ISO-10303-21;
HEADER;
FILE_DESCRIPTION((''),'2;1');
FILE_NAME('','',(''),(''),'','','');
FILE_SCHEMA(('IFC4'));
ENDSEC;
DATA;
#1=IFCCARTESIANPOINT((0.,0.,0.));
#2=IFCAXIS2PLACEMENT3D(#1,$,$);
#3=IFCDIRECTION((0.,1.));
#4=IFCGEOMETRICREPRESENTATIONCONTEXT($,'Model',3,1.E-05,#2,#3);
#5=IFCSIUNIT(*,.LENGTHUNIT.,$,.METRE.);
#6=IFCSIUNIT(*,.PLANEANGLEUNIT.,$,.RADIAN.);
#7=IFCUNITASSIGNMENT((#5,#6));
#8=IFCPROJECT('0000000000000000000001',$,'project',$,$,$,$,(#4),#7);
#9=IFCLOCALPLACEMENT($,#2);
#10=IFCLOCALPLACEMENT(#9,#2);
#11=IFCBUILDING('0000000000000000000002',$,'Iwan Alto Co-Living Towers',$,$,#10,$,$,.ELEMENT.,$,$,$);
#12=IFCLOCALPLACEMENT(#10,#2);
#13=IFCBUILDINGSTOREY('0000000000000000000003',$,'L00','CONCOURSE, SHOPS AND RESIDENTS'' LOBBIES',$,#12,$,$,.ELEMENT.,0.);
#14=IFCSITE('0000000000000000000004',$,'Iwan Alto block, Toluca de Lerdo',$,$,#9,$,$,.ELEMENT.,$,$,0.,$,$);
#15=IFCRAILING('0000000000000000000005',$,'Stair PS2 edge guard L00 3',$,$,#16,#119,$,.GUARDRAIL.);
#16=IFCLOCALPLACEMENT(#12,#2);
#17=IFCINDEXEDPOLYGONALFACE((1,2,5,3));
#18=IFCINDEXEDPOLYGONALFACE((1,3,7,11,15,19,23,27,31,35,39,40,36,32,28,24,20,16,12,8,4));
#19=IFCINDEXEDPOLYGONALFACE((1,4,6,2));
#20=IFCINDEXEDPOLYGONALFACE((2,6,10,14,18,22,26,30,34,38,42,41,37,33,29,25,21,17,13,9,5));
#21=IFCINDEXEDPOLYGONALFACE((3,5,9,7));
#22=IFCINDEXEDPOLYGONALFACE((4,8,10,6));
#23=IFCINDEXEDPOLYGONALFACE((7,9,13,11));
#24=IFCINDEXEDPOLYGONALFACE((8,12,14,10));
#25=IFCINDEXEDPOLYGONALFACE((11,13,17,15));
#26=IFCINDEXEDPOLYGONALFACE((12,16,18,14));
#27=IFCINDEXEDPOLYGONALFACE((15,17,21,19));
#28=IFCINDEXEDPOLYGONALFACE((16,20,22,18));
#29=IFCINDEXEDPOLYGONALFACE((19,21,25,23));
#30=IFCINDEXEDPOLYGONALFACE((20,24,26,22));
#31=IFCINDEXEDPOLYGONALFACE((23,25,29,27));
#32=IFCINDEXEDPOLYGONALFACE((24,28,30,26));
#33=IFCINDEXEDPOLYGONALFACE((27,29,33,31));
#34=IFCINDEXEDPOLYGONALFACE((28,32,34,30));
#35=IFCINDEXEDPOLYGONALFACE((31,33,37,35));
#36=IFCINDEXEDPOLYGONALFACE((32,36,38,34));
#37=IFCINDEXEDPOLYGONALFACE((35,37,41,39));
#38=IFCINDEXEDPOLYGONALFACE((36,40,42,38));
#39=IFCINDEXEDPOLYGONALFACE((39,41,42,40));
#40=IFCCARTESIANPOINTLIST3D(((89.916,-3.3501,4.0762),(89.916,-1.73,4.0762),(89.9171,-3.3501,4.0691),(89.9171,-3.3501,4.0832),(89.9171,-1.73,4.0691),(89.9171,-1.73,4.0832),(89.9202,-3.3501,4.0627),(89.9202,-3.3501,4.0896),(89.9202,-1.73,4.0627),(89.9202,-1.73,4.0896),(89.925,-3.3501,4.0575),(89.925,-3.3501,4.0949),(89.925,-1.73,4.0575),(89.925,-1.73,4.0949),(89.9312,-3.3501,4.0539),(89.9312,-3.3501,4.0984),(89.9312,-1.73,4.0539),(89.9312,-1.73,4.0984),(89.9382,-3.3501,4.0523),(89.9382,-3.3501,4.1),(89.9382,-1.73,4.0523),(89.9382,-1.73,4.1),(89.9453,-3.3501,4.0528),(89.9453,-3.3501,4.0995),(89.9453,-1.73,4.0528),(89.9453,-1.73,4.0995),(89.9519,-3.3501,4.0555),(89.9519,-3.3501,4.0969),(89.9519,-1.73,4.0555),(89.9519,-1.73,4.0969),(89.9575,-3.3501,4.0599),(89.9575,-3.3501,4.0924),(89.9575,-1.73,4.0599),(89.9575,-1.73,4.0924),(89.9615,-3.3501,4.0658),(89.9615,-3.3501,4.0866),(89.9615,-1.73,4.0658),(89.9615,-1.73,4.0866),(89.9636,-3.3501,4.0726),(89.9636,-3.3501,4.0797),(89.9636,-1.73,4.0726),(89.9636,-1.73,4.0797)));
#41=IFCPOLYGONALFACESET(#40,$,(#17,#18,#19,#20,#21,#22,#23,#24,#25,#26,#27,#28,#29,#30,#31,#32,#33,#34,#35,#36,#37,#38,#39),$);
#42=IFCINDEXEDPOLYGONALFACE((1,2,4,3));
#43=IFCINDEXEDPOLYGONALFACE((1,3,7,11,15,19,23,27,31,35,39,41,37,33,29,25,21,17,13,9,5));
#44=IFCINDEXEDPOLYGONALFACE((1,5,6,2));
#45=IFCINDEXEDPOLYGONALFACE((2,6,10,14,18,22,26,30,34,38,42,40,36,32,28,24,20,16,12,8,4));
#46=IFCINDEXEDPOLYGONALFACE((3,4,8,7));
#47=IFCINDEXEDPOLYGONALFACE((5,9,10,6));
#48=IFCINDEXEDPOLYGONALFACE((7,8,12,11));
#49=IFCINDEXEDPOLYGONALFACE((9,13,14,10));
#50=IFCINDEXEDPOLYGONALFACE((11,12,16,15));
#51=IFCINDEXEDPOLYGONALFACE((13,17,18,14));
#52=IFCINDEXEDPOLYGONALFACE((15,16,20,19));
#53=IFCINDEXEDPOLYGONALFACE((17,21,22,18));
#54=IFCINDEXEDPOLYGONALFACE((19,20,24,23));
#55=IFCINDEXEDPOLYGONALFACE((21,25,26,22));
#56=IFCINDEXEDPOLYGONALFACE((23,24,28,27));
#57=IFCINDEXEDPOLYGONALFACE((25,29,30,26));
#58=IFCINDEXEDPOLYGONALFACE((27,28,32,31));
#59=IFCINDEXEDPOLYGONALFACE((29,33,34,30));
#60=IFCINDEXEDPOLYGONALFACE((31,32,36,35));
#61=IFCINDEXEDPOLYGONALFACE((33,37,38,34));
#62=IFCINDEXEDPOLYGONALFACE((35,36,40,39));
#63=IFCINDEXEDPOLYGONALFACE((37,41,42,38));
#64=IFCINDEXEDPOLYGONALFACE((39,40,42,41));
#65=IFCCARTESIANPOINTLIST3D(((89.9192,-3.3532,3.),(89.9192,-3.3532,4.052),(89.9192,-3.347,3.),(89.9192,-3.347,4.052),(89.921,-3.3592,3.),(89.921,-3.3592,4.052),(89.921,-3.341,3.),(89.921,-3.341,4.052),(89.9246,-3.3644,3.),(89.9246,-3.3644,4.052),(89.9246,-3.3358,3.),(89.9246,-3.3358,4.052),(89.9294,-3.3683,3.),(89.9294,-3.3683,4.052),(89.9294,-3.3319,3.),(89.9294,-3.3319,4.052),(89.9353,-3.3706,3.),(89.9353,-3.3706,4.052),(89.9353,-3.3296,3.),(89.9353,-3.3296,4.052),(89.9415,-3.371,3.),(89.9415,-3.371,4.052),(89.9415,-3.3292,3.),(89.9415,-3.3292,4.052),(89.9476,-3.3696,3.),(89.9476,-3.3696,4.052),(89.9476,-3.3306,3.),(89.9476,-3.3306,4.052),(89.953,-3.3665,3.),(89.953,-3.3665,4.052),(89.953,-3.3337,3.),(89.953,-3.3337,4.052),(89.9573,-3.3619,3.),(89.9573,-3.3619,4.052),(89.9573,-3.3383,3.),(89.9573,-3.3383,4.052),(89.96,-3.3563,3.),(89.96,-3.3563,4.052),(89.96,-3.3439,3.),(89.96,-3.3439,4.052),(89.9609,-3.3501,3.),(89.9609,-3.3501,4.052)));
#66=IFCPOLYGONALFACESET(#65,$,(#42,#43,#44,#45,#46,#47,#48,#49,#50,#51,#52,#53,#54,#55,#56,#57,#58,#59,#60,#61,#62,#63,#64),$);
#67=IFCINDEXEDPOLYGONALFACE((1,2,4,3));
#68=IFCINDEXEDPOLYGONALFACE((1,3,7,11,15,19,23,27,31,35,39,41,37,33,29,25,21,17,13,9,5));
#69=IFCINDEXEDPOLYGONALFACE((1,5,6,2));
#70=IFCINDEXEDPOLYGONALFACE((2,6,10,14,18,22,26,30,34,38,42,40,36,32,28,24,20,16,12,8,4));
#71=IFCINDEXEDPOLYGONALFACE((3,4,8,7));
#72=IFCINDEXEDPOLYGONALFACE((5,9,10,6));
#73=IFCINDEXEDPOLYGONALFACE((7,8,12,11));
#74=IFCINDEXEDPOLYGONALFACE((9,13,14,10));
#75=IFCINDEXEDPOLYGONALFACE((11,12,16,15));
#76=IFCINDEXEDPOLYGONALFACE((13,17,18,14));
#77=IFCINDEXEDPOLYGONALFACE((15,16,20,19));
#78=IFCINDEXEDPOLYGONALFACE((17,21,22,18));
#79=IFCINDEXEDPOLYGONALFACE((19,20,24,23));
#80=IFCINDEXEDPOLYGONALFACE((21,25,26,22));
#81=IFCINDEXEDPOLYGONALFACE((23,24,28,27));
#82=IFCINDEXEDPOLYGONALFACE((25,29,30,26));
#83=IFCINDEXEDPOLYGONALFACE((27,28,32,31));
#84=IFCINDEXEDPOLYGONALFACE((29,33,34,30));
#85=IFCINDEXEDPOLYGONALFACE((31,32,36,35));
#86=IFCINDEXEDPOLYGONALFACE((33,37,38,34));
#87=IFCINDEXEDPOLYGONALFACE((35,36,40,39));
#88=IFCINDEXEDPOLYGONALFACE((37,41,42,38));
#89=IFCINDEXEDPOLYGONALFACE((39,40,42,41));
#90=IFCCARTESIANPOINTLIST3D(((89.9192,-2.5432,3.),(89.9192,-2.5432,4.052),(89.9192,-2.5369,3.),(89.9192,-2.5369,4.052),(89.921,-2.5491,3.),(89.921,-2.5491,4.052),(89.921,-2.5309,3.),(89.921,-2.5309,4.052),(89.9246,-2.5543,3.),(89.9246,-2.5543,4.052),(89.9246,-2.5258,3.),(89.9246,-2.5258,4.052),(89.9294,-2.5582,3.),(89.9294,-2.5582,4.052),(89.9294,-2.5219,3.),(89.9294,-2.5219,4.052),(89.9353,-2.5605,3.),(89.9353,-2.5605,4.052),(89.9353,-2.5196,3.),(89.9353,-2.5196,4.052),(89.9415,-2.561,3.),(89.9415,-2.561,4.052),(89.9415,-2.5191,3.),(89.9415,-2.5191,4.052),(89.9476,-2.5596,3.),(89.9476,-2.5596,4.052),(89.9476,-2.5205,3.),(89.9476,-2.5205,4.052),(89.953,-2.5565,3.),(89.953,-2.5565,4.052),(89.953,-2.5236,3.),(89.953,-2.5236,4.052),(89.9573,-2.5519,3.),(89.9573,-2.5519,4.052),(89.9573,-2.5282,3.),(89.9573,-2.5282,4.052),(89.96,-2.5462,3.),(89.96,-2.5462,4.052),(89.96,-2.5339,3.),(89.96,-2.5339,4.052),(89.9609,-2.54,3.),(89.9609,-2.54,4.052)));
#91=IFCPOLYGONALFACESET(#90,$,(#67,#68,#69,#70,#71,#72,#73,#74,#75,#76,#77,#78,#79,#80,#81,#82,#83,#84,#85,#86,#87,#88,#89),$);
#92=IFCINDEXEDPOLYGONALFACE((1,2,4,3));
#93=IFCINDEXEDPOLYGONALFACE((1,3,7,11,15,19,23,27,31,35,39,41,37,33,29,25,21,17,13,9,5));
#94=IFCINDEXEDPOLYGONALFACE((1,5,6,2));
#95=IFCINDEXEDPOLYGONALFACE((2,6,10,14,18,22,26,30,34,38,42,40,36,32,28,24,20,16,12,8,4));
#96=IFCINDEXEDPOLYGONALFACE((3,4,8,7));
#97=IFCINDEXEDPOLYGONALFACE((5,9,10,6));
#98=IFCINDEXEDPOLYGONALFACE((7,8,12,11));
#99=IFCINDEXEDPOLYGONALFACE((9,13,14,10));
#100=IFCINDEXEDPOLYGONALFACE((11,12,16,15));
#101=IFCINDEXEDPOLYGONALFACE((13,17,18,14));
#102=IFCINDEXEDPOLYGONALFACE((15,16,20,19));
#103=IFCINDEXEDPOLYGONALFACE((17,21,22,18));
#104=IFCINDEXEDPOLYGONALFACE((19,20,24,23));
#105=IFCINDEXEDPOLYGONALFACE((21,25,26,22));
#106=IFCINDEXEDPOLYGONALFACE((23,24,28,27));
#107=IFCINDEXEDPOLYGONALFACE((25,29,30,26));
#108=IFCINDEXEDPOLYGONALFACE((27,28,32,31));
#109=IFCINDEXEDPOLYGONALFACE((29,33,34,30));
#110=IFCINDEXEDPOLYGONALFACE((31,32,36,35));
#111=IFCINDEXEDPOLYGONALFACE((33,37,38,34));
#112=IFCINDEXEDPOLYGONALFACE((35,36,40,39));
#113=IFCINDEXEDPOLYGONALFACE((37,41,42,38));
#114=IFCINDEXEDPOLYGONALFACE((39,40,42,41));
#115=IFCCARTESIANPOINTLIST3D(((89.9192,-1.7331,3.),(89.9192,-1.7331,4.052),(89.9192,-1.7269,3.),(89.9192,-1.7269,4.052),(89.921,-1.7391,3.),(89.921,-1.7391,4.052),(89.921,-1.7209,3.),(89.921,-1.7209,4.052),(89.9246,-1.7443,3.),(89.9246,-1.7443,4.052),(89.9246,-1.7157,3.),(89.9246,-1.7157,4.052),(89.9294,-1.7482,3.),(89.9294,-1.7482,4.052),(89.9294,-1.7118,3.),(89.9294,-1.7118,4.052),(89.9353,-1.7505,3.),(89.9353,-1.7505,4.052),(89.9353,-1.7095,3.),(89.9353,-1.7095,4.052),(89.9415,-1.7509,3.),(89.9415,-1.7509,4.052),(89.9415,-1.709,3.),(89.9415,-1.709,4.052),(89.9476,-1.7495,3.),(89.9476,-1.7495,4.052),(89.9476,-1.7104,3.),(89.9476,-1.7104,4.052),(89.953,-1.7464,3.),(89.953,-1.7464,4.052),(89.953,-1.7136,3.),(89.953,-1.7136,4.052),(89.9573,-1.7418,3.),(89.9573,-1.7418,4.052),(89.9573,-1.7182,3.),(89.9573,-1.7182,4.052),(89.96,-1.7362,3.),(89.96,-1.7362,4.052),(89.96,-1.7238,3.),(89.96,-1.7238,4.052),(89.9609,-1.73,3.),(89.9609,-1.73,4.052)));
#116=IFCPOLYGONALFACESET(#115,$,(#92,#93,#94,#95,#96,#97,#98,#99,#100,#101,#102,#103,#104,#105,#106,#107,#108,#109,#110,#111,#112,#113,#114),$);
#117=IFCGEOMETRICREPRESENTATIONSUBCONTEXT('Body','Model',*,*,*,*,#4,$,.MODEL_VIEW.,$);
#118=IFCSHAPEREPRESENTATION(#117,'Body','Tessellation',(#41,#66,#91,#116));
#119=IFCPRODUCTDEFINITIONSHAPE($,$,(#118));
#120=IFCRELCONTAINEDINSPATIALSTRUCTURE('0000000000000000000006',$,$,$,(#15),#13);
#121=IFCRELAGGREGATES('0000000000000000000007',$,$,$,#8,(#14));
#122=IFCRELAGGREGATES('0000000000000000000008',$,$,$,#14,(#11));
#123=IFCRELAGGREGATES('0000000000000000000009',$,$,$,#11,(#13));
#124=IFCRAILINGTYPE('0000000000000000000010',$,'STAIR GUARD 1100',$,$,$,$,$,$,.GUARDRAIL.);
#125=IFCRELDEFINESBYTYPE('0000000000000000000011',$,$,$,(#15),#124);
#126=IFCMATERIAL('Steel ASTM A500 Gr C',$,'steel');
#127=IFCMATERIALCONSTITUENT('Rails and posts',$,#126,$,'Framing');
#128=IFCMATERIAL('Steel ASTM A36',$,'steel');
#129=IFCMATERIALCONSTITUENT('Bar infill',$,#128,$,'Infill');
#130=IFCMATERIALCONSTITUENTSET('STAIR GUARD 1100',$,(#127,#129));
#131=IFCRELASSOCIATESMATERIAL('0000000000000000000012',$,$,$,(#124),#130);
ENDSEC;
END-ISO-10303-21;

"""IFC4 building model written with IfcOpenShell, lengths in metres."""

from ifc_helpers import new_model, si_unit, direction, frame, origin, origin_2d, place, context, subcontext, project, spatial, circle, extrude, material, constituent, constituent_set, type_object, element, save


model = new_model("IFC4")

# Units and contexts
model_context = context("Model", 3, precision=1e-05, world=origin(), true_north=direction((0.0, 1.0)))
body_context = subcontext(model_context, "Body", "Model", "MODEL_VIEW")
ifc_project = project(units=[si_unit("LENGTHUNIT", "METRE"), si_unit("PLANEANGLEUNIT", "RADIAN")], contexts=[model_context])

# Site, building, storey
site_placement = place(None, origin())
site = spatial("IfcSite", under=ifc_project, at=site_placement, Name="Iwan Alto block, Toluca de Lerdo", CompositionType="ELEMENT", RefElevation=0.0)
building_placement = place(site_placement, origin())
building = spatial("IfcBuilding", under=site, at=building_placement, Name="Iwan Alto Co-Living Towers", CompositionType="ELEMENT")
storey_placement = place(building_placement, origin())
storey = spatial("IfcBuildingStorey", under=building, at=storey_placement, Name="L00", Description="CONCOURSE, SHOPS AND RESIDENTS' LOBBIES", CompositionType="ELEMENT", Elevation=0.0)

# Shared definitions
ifc_material_1 = material(Name="Steel ASTM A36", Category="steel")

# Railing
ifc_material_2 = material(Name="Steel ASTM A500 Gr C", Category="steel")
ifc_constituent_1 = constituent(ifc_material_2, Name="Rails and posts", Category="Framing")
ifc_constituent_2 = constituent(ifc_material_1, Name="Bar infill", Category="Infill")
ifc_constituent_set_1 = constituent_set(constituents=[ifc_constituent_1, ifc_constituent_2], Name="STAIR GUARD 1100")
railing_type_1 = type_object("IfcRailingType", Name="STAIR GUARD 1100", PredefinedType="GUARDRAIL", material=ifc_constituent_set_1)
for number, where, name in (
    (1, (89.9399, -3.3501, 3.0), "Stair PS2 edge guard L00 3"),
):
    element("IfcRailing", number, at=place(storey_placement, frame(where)), inside=storey, type_object=railing_type_1, Name=name, PredefinedType="GUARDRAIL", context=body_context, shape_type="SweptSolid", body=[
        extrude(circle(Radius=0.0239, at=origin_2d()), frame((0.0, 0.0, 1.0762), z_axis=(0.0, 1.0, 0.0), x_axis=(-1.0, 0.0, 0.0)), (0.0, 0.0, 1.0), 1.6201),
        extrude(circle(Radius=0.021, at=origin_2d()), origin(), (0.0, 0.0, 1.0), 1.052),
        extrude(circle(Radius=0.021, at=origin_2d()), frame((0.0, 0.8101, 0.0)), (0.0, 0.0, 1.0), 1.052),
        extrude(circle(Radius=0.021, at=origin_2d()), frame((0.0, 1.6201, 0.0)), (0.0, 0.0, 1.0), 1.052),
    ])

save(model, "model.ifc")
